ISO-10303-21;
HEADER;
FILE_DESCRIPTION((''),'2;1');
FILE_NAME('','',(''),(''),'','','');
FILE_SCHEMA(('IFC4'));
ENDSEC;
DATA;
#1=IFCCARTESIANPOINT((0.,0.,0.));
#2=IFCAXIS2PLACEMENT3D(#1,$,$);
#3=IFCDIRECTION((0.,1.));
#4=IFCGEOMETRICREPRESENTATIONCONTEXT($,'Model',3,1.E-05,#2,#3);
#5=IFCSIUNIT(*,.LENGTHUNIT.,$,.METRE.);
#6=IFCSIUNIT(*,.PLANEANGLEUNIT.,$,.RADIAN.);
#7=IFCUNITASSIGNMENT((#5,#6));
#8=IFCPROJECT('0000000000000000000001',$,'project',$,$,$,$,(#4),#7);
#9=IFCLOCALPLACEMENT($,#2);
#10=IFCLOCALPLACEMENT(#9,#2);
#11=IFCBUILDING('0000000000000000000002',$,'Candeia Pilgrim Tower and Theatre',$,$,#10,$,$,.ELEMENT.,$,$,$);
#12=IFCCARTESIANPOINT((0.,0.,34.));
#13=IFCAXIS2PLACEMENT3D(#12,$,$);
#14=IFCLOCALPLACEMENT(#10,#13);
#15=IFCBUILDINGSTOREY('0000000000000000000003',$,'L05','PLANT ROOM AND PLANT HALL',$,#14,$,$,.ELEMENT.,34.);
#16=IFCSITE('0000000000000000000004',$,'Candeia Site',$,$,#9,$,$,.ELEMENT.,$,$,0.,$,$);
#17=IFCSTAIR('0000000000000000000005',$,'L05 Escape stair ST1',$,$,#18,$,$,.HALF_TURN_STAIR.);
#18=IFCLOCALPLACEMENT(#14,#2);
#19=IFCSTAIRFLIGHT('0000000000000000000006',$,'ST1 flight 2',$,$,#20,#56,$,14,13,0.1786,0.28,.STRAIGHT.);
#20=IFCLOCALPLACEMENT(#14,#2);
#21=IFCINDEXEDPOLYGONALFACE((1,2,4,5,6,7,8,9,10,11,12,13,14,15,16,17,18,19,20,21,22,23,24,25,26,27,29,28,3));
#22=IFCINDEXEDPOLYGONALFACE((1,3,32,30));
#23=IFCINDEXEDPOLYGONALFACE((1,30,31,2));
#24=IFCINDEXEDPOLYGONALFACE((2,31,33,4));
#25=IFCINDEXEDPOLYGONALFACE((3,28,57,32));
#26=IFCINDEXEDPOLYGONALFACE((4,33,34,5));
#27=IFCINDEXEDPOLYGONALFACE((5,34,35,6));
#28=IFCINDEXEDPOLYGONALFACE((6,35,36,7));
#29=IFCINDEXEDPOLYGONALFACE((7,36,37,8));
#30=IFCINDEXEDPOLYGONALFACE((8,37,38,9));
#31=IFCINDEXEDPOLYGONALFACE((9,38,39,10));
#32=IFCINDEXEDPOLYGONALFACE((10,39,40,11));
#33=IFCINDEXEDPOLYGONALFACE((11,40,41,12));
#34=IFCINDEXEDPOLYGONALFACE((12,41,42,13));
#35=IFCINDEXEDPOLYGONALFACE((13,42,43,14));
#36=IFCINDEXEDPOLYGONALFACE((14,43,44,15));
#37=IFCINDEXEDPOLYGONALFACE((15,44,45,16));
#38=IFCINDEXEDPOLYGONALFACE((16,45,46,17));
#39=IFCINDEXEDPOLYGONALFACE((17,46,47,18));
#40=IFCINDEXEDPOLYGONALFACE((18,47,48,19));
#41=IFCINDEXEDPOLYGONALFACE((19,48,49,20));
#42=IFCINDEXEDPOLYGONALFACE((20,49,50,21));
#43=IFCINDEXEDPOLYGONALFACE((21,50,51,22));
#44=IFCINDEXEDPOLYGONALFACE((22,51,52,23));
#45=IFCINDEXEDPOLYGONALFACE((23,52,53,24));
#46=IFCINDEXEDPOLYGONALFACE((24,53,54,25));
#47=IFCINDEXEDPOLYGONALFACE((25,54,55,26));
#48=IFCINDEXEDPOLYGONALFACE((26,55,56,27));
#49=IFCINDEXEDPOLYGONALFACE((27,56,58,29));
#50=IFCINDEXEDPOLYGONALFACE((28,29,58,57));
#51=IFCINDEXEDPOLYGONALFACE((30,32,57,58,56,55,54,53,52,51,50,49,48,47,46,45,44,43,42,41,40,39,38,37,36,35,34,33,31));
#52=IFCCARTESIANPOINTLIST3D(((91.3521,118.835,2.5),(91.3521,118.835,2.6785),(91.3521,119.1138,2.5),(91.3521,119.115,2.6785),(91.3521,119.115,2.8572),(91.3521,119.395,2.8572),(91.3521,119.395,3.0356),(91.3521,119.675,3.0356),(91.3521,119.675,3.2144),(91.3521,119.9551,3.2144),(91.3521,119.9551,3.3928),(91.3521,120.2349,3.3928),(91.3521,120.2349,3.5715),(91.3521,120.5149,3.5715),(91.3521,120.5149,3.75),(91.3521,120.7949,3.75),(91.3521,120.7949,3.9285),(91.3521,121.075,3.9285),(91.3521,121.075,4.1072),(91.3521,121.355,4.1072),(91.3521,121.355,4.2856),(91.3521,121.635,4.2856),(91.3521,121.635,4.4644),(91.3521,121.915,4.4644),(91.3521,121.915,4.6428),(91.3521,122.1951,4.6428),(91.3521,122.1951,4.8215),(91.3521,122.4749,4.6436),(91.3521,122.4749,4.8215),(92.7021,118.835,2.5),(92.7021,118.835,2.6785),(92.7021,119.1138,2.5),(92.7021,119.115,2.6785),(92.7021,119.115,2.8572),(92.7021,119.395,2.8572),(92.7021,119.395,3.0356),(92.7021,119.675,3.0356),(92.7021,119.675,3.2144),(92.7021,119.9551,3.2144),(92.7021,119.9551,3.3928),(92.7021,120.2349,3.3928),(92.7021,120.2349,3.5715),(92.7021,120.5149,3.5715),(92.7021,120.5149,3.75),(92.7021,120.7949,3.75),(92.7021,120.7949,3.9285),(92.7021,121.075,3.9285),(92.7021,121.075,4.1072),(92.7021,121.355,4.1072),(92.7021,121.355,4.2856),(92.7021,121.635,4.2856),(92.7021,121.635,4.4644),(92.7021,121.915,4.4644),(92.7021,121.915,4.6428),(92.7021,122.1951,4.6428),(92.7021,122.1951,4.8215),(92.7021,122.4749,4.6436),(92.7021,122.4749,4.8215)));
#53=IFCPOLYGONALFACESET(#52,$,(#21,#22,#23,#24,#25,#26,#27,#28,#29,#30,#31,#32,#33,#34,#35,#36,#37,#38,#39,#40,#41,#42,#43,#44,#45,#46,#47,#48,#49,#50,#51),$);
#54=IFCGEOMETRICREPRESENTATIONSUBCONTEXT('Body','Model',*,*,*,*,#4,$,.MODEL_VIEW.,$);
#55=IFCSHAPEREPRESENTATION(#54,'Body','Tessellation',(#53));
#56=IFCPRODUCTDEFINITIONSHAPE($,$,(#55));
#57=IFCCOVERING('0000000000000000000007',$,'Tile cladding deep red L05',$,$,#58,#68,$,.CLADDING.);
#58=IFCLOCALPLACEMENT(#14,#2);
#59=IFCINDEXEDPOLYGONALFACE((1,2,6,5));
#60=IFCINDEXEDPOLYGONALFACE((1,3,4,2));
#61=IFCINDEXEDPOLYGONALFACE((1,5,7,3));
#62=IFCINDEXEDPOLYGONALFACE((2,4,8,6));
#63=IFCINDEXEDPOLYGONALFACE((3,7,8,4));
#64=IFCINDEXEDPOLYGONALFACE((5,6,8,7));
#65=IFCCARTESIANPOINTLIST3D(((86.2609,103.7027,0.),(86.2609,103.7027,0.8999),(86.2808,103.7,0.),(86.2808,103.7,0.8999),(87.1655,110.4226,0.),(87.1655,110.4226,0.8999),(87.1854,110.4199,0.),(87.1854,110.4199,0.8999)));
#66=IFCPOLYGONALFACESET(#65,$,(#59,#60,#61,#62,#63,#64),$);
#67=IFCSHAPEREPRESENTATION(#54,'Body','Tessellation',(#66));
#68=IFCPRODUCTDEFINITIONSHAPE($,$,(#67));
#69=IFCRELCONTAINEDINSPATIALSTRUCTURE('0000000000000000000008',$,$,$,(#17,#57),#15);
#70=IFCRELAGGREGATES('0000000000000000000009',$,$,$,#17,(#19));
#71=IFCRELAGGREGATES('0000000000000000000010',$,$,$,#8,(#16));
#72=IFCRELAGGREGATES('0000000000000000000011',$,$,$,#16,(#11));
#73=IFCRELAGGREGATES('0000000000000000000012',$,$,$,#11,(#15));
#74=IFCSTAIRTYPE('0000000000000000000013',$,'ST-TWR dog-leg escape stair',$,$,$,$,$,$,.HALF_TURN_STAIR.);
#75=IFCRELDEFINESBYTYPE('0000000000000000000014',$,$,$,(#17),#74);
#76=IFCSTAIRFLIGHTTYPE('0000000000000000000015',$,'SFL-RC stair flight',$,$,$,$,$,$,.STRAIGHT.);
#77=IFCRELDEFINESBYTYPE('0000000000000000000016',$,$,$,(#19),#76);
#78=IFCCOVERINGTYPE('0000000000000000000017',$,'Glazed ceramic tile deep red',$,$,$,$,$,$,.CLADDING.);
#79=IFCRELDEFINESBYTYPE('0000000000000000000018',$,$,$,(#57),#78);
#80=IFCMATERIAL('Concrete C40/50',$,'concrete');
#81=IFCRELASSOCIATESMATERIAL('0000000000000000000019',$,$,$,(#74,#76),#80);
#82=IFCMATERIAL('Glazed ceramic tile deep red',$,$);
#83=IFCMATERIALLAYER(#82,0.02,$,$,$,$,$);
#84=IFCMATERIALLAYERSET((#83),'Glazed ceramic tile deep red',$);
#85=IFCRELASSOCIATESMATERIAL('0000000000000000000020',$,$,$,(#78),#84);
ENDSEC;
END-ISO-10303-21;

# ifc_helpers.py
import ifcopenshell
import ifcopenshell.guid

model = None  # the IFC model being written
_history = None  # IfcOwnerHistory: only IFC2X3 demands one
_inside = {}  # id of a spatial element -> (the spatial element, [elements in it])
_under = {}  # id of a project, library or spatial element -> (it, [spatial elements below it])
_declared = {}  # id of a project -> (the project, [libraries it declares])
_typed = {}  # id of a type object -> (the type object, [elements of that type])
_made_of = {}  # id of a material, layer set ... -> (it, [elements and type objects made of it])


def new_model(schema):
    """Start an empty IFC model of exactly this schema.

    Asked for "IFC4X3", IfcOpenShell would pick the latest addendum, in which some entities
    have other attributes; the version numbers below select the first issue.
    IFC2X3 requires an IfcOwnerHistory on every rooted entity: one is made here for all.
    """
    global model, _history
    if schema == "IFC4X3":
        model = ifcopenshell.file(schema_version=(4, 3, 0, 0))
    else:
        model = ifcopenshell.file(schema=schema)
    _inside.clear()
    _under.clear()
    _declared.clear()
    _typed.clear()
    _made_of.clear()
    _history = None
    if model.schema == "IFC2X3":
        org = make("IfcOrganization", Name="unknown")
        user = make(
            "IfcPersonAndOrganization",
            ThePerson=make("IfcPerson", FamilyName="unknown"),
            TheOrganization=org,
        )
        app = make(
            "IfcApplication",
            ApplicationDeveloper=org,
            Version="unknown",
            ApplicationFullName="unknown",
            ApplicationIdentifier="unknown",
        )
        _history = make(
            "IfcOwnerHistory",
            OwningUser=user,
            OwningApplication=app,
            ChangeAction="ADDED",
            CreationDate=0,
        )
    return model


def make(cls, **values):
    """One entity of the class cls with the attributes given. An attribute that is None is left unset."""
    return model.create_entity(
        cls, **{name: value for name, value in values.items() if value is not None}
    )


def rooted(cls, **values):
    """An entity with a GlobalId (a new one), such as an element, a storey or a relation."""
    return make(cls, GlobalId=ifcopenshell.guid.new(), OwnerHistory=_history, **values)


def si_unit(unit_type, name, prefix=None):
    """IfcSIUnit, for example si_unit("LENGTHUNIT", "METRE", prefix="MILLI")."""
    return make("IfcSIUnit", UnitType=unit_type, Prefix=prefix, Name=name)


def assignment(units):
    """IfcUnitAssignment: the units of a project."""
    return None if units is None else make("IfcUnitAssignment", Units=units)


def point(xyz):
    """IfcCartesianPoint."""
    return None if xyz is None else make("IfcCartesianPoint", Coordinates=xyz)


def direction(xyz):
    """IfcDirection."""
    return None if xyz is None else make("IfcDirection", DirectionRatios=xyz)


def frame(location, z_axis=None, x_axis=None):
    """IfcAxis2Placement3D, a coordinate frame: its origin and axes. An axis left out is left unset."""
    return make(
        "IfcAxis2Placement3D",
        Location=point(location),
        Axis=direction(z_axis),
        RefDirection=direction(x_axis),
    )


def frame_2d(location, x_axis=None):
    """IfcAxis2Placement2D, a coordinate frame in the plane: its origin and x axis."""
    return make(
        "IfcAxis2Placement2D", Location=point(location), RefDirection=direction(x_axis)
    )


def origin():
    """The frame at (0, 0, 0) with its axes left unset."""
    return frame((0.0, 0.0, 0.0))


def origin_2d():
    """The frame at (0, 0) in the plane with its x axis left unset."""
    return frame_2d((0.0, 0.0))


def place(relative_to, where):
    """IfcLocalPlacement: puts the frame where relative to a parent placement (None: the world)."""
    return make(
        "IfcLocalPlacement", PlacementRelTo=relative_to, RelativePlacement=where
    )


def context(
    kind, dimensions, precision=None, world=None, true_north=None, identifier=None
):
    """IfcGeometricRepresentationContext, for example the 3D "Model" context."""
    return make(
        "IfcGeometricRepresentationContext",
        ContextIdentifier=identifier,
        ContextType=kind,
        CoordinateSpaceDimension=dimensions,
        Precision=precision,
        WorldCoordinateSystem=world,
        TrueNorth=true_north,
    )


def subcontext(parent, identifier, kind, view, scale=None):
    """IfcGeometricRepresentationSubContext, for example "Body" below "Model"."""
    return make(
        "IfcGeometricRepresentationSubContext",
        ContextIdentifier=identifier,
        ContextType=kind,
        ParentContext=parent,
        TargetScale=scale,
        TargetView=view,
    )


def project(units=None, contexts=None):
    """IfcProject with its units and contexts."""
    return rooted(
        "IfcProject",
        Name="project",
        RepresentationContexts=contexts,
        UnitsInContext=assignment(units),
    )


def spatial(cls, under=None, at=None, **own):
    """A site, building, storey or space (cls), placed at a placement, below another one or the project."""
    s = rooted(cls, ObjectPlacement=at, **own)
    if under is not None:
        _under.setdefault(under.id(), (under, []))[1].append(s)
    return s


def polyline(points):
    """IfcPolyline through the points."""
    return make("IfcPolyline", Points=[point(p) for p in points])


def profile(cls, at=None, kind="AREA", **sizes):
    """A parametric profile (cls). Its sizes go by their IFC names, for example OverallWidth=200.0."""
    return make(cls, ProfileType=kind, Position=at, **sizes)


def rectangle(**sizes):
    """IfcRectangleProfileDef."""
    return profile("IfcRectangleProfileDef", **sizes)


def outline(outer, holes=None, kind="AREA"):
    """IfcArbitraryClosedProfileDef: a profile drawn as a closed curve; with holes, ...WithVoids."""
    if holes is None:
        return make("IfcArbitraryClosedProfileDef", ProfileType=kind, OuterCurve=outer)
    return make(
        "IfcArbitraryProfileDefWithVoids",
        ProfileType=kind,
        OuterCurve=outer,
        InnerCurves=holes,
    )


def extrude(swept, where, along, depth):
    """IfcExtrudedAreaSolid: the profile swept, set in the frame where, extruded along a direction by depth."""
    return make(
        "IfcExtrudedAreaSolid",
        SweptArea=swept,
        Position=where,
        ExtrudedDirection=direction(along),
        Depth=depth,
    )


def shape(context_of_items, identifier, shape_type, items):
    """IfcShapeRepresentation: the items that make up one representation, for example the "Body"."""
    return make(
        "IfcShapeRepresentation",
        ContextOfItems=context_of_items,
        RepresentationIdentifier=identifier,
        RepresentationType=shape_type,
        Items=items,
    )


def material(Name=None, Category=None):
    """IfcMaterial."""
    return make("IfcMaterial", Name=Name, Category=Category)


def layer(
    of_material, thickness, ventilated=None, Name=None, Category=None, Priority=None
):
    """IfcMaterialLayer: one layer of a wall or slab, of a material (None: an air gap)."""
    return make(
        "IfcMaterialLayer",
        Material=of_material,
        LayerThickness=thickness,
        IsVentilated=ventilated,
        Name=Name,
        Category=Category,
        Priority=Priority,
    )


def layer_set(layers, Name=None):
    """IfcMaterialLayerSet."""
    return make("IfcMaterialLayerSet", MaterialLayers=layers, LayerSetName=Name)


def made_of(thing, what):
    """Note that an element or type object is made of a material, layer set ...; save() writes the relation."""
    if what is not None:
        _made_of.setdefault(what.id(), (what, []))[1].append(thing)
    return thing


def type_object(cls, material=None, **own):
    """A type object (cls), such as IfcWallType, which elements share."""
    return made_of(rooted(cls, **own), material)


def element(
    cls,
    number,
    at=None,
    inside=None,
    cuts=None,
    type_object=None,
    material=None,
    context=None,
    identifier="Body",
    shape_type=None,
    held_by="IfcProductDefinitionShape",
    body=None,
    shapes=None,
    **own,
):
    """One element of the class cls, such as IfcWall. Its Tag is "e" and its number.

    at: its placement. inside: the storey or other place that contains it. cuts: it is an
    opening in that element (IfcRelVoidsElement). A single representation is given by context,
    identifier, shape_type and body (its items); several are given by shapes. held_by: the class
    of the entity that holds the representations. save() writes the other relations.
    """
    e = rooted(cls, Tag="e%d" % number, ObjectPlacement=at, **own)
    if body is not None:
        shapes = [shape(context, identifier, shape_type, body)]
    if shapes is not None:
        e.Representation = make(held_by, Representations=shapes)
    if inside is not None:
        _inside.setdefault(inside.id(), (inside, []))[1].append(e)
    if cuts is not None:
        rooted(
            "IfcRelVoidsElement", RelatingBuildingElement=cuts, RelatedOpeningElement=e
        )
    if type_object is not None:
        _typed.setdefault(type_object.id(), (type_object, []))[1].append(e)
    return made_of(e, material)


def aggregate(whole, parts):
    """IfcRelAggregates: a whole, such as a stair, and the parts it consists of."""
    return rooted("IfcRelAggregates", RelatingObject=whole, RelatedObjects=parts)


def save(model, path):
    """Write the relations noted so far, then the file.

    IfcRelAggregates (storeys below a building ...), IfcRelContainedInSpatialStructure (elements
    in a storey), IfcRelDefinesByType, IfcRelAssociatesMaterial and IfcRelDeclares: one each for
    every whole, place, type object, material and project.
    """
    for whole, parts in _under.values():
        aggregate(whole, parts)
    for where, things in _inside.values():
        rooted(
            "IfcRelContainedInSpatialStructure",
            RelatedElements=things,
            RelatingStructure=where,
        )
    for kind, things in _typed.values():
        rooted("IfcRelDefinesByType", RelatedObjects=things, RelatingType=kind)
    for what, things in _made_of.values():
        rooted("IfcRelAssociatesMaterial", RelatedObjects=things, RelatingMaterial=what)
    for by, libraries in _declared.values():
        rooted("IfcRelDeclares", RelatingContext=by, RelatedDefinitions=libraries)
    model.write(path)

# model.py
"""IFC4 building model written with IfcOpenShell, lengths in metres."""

from ifc_helpers import new_model, si_unit, direction, frame, origin, origin_2d, place, context, subcontext, project, spatial, polyline, rectangle, outline, extrude, material, layer, layer_set, type_object, element, aggregate, save


model = new_model("IFC4")

# Units and contexts
model_context = context("Model", 3, precision=1e-05, world=origin(), true_north=direction((0.0, 1.0)))
body_context = subcontext(model_context, "Body", "Model", "MODEL_VIEW")
ifc_project = project(units=[si_unit("LENGTHUNIT", "METRE"), si_unit("PLANEANGLEUNIT", "RADIAN")], contexts=[model_context])

# Site, building, storey
site_placement = place(None, origin())
site = spatial("IfcSite", under=ifc_project, at=site_placement, Name="Candeia Site", CompositionType="ELEMENT", RefElevation=0.0)
building_placement = place(site_placement, origin())
building = spatial("IfcBuilding", under=site, at=building_placement, Name="Candeia Pilgrim Tower and Theatre", CompositionType="ELEMENT")
storey_placement = place(building_placement, frame((0.0, 0.0, 34.0)))
storey = spatial("IfcBuildingStorey", under=building, at=storey_placement, Name="L05", Description="PLANT ROOM AND PLANT HALL", CompositionType="ELEMENT", Elevation=34.0)

# Shared definitions
ifc_material_1 = material(Name="Concrete C40/50", Category="concrete")

# Stair, stair flight
stair_type = type_object("IfcStairType", Name="ST-TWR dog-leg escape stair", PredefinedType="HALF_TURN_STAIR", material=ifc_material_1)
stair_placement = place(storey_placement, origin())
stair = element("IfcStair", 1, at=stair_placement, inside=storey, type_object=stair_type, Name="L05 Escape stair ST1", PredefinedType="HALF_TURN_STAIR")
stair_flight_type = type_object("IfcStairFlightType", Name="SFL-RC stair flight", PredefinedType="STRAIGHT", material=ifc_material_1)
stair_flight_placement = place(storey_placement, frame((92.0271, 118.835, 2.5), z_axis=(0.0, 0.0, 1.0), x_axis=(0.0, 1.0, 0.0)))
stair_flight = element("IfcStairFlight", 2, at=stair_flight_placement, type_object=stair_flight_type, Name="ST1 flight 2", NumberOfRisers=14, NumberOfTreads=13, PredefinedType="STRAIGHT", RiserHeight=0.1786, TreadLength=0.28, context=body_context, shape_type="SweptSolid", body=[
    extrude(outline(polyline([(0.0, 0.0), (0.0, 0.1785), (0.28, 0.1785), (0.28, 0.3572), (0.5601, 0.3572), (0.5601, 0.5356), (0.8401, 0.5356), (0.8401, 0.7144), (1.1201, 0.7144), (1.1201, 0.8928), (1.3999, 0.8928), (1.3999, 1.0715), (1.6799, 1.0715), (1.6799, 1.25), (1.96, 1.25), (1.96, 1.4285), (2.24, 1.4285), (2.24, 1.6072), (2.52, 1.6072), (2.52, 1.7856), (2.8, 1.7856), (2.8, 1.9644), (3.0801, 1.9644), (3.0801, 2.1428), (3.3601, 2.1428), (3.3601, 2.3215), (3.6399, 2.3215), (3.6399, 2.5), (3.6399, 2.1436), (0.2788, 0.0), (0.0, 0.0)])), frame((0.0, 0.675, 0.0), z_axis=(0.0, -1.0, 0.0), x_axis=(1.0, 0.0, 0.0)), (0.0, 0.0, 1.0), 1.3501),
])
aggregate(stair, [stair_flight])

# Covering
ifc_material_2 = material(Name="Glazed ceramic tile deep red")
ifc_layer_1 = layer(ifc_material_2, 0.02)
ifc_layer_set_1 = layer_set([ifc_layer_1], Name="Glazed ceramic tile deep red")
covering_type = type_object("IfcCoveringType", Name="Glazed ceramic tile deep red", PredefinedType="CLADDING", material=ifc_layer_set_1)
covering_placement = place(storey_placement, frame((86.7231, 107.0613, 0.0), z_axis=(0.0, 0.0, 1.0), x_axis=(-0.133412, -0.991061, 0.0)))
element("IfcCovering", 3, at=covering_placement, inside=storey, type_object=covering_type, Name="Tile cladding deep red L05", PredefinedType="CLADDING", context=body_context, shape_type="SweptSolid", body=[
    extrude(rectangle(XDim=6.7805, YDim=0.02, at=origin_2d()), origin(), (0.0, 0.0, 1.0), 0.8999),
])

save(model, "model.ifc")
